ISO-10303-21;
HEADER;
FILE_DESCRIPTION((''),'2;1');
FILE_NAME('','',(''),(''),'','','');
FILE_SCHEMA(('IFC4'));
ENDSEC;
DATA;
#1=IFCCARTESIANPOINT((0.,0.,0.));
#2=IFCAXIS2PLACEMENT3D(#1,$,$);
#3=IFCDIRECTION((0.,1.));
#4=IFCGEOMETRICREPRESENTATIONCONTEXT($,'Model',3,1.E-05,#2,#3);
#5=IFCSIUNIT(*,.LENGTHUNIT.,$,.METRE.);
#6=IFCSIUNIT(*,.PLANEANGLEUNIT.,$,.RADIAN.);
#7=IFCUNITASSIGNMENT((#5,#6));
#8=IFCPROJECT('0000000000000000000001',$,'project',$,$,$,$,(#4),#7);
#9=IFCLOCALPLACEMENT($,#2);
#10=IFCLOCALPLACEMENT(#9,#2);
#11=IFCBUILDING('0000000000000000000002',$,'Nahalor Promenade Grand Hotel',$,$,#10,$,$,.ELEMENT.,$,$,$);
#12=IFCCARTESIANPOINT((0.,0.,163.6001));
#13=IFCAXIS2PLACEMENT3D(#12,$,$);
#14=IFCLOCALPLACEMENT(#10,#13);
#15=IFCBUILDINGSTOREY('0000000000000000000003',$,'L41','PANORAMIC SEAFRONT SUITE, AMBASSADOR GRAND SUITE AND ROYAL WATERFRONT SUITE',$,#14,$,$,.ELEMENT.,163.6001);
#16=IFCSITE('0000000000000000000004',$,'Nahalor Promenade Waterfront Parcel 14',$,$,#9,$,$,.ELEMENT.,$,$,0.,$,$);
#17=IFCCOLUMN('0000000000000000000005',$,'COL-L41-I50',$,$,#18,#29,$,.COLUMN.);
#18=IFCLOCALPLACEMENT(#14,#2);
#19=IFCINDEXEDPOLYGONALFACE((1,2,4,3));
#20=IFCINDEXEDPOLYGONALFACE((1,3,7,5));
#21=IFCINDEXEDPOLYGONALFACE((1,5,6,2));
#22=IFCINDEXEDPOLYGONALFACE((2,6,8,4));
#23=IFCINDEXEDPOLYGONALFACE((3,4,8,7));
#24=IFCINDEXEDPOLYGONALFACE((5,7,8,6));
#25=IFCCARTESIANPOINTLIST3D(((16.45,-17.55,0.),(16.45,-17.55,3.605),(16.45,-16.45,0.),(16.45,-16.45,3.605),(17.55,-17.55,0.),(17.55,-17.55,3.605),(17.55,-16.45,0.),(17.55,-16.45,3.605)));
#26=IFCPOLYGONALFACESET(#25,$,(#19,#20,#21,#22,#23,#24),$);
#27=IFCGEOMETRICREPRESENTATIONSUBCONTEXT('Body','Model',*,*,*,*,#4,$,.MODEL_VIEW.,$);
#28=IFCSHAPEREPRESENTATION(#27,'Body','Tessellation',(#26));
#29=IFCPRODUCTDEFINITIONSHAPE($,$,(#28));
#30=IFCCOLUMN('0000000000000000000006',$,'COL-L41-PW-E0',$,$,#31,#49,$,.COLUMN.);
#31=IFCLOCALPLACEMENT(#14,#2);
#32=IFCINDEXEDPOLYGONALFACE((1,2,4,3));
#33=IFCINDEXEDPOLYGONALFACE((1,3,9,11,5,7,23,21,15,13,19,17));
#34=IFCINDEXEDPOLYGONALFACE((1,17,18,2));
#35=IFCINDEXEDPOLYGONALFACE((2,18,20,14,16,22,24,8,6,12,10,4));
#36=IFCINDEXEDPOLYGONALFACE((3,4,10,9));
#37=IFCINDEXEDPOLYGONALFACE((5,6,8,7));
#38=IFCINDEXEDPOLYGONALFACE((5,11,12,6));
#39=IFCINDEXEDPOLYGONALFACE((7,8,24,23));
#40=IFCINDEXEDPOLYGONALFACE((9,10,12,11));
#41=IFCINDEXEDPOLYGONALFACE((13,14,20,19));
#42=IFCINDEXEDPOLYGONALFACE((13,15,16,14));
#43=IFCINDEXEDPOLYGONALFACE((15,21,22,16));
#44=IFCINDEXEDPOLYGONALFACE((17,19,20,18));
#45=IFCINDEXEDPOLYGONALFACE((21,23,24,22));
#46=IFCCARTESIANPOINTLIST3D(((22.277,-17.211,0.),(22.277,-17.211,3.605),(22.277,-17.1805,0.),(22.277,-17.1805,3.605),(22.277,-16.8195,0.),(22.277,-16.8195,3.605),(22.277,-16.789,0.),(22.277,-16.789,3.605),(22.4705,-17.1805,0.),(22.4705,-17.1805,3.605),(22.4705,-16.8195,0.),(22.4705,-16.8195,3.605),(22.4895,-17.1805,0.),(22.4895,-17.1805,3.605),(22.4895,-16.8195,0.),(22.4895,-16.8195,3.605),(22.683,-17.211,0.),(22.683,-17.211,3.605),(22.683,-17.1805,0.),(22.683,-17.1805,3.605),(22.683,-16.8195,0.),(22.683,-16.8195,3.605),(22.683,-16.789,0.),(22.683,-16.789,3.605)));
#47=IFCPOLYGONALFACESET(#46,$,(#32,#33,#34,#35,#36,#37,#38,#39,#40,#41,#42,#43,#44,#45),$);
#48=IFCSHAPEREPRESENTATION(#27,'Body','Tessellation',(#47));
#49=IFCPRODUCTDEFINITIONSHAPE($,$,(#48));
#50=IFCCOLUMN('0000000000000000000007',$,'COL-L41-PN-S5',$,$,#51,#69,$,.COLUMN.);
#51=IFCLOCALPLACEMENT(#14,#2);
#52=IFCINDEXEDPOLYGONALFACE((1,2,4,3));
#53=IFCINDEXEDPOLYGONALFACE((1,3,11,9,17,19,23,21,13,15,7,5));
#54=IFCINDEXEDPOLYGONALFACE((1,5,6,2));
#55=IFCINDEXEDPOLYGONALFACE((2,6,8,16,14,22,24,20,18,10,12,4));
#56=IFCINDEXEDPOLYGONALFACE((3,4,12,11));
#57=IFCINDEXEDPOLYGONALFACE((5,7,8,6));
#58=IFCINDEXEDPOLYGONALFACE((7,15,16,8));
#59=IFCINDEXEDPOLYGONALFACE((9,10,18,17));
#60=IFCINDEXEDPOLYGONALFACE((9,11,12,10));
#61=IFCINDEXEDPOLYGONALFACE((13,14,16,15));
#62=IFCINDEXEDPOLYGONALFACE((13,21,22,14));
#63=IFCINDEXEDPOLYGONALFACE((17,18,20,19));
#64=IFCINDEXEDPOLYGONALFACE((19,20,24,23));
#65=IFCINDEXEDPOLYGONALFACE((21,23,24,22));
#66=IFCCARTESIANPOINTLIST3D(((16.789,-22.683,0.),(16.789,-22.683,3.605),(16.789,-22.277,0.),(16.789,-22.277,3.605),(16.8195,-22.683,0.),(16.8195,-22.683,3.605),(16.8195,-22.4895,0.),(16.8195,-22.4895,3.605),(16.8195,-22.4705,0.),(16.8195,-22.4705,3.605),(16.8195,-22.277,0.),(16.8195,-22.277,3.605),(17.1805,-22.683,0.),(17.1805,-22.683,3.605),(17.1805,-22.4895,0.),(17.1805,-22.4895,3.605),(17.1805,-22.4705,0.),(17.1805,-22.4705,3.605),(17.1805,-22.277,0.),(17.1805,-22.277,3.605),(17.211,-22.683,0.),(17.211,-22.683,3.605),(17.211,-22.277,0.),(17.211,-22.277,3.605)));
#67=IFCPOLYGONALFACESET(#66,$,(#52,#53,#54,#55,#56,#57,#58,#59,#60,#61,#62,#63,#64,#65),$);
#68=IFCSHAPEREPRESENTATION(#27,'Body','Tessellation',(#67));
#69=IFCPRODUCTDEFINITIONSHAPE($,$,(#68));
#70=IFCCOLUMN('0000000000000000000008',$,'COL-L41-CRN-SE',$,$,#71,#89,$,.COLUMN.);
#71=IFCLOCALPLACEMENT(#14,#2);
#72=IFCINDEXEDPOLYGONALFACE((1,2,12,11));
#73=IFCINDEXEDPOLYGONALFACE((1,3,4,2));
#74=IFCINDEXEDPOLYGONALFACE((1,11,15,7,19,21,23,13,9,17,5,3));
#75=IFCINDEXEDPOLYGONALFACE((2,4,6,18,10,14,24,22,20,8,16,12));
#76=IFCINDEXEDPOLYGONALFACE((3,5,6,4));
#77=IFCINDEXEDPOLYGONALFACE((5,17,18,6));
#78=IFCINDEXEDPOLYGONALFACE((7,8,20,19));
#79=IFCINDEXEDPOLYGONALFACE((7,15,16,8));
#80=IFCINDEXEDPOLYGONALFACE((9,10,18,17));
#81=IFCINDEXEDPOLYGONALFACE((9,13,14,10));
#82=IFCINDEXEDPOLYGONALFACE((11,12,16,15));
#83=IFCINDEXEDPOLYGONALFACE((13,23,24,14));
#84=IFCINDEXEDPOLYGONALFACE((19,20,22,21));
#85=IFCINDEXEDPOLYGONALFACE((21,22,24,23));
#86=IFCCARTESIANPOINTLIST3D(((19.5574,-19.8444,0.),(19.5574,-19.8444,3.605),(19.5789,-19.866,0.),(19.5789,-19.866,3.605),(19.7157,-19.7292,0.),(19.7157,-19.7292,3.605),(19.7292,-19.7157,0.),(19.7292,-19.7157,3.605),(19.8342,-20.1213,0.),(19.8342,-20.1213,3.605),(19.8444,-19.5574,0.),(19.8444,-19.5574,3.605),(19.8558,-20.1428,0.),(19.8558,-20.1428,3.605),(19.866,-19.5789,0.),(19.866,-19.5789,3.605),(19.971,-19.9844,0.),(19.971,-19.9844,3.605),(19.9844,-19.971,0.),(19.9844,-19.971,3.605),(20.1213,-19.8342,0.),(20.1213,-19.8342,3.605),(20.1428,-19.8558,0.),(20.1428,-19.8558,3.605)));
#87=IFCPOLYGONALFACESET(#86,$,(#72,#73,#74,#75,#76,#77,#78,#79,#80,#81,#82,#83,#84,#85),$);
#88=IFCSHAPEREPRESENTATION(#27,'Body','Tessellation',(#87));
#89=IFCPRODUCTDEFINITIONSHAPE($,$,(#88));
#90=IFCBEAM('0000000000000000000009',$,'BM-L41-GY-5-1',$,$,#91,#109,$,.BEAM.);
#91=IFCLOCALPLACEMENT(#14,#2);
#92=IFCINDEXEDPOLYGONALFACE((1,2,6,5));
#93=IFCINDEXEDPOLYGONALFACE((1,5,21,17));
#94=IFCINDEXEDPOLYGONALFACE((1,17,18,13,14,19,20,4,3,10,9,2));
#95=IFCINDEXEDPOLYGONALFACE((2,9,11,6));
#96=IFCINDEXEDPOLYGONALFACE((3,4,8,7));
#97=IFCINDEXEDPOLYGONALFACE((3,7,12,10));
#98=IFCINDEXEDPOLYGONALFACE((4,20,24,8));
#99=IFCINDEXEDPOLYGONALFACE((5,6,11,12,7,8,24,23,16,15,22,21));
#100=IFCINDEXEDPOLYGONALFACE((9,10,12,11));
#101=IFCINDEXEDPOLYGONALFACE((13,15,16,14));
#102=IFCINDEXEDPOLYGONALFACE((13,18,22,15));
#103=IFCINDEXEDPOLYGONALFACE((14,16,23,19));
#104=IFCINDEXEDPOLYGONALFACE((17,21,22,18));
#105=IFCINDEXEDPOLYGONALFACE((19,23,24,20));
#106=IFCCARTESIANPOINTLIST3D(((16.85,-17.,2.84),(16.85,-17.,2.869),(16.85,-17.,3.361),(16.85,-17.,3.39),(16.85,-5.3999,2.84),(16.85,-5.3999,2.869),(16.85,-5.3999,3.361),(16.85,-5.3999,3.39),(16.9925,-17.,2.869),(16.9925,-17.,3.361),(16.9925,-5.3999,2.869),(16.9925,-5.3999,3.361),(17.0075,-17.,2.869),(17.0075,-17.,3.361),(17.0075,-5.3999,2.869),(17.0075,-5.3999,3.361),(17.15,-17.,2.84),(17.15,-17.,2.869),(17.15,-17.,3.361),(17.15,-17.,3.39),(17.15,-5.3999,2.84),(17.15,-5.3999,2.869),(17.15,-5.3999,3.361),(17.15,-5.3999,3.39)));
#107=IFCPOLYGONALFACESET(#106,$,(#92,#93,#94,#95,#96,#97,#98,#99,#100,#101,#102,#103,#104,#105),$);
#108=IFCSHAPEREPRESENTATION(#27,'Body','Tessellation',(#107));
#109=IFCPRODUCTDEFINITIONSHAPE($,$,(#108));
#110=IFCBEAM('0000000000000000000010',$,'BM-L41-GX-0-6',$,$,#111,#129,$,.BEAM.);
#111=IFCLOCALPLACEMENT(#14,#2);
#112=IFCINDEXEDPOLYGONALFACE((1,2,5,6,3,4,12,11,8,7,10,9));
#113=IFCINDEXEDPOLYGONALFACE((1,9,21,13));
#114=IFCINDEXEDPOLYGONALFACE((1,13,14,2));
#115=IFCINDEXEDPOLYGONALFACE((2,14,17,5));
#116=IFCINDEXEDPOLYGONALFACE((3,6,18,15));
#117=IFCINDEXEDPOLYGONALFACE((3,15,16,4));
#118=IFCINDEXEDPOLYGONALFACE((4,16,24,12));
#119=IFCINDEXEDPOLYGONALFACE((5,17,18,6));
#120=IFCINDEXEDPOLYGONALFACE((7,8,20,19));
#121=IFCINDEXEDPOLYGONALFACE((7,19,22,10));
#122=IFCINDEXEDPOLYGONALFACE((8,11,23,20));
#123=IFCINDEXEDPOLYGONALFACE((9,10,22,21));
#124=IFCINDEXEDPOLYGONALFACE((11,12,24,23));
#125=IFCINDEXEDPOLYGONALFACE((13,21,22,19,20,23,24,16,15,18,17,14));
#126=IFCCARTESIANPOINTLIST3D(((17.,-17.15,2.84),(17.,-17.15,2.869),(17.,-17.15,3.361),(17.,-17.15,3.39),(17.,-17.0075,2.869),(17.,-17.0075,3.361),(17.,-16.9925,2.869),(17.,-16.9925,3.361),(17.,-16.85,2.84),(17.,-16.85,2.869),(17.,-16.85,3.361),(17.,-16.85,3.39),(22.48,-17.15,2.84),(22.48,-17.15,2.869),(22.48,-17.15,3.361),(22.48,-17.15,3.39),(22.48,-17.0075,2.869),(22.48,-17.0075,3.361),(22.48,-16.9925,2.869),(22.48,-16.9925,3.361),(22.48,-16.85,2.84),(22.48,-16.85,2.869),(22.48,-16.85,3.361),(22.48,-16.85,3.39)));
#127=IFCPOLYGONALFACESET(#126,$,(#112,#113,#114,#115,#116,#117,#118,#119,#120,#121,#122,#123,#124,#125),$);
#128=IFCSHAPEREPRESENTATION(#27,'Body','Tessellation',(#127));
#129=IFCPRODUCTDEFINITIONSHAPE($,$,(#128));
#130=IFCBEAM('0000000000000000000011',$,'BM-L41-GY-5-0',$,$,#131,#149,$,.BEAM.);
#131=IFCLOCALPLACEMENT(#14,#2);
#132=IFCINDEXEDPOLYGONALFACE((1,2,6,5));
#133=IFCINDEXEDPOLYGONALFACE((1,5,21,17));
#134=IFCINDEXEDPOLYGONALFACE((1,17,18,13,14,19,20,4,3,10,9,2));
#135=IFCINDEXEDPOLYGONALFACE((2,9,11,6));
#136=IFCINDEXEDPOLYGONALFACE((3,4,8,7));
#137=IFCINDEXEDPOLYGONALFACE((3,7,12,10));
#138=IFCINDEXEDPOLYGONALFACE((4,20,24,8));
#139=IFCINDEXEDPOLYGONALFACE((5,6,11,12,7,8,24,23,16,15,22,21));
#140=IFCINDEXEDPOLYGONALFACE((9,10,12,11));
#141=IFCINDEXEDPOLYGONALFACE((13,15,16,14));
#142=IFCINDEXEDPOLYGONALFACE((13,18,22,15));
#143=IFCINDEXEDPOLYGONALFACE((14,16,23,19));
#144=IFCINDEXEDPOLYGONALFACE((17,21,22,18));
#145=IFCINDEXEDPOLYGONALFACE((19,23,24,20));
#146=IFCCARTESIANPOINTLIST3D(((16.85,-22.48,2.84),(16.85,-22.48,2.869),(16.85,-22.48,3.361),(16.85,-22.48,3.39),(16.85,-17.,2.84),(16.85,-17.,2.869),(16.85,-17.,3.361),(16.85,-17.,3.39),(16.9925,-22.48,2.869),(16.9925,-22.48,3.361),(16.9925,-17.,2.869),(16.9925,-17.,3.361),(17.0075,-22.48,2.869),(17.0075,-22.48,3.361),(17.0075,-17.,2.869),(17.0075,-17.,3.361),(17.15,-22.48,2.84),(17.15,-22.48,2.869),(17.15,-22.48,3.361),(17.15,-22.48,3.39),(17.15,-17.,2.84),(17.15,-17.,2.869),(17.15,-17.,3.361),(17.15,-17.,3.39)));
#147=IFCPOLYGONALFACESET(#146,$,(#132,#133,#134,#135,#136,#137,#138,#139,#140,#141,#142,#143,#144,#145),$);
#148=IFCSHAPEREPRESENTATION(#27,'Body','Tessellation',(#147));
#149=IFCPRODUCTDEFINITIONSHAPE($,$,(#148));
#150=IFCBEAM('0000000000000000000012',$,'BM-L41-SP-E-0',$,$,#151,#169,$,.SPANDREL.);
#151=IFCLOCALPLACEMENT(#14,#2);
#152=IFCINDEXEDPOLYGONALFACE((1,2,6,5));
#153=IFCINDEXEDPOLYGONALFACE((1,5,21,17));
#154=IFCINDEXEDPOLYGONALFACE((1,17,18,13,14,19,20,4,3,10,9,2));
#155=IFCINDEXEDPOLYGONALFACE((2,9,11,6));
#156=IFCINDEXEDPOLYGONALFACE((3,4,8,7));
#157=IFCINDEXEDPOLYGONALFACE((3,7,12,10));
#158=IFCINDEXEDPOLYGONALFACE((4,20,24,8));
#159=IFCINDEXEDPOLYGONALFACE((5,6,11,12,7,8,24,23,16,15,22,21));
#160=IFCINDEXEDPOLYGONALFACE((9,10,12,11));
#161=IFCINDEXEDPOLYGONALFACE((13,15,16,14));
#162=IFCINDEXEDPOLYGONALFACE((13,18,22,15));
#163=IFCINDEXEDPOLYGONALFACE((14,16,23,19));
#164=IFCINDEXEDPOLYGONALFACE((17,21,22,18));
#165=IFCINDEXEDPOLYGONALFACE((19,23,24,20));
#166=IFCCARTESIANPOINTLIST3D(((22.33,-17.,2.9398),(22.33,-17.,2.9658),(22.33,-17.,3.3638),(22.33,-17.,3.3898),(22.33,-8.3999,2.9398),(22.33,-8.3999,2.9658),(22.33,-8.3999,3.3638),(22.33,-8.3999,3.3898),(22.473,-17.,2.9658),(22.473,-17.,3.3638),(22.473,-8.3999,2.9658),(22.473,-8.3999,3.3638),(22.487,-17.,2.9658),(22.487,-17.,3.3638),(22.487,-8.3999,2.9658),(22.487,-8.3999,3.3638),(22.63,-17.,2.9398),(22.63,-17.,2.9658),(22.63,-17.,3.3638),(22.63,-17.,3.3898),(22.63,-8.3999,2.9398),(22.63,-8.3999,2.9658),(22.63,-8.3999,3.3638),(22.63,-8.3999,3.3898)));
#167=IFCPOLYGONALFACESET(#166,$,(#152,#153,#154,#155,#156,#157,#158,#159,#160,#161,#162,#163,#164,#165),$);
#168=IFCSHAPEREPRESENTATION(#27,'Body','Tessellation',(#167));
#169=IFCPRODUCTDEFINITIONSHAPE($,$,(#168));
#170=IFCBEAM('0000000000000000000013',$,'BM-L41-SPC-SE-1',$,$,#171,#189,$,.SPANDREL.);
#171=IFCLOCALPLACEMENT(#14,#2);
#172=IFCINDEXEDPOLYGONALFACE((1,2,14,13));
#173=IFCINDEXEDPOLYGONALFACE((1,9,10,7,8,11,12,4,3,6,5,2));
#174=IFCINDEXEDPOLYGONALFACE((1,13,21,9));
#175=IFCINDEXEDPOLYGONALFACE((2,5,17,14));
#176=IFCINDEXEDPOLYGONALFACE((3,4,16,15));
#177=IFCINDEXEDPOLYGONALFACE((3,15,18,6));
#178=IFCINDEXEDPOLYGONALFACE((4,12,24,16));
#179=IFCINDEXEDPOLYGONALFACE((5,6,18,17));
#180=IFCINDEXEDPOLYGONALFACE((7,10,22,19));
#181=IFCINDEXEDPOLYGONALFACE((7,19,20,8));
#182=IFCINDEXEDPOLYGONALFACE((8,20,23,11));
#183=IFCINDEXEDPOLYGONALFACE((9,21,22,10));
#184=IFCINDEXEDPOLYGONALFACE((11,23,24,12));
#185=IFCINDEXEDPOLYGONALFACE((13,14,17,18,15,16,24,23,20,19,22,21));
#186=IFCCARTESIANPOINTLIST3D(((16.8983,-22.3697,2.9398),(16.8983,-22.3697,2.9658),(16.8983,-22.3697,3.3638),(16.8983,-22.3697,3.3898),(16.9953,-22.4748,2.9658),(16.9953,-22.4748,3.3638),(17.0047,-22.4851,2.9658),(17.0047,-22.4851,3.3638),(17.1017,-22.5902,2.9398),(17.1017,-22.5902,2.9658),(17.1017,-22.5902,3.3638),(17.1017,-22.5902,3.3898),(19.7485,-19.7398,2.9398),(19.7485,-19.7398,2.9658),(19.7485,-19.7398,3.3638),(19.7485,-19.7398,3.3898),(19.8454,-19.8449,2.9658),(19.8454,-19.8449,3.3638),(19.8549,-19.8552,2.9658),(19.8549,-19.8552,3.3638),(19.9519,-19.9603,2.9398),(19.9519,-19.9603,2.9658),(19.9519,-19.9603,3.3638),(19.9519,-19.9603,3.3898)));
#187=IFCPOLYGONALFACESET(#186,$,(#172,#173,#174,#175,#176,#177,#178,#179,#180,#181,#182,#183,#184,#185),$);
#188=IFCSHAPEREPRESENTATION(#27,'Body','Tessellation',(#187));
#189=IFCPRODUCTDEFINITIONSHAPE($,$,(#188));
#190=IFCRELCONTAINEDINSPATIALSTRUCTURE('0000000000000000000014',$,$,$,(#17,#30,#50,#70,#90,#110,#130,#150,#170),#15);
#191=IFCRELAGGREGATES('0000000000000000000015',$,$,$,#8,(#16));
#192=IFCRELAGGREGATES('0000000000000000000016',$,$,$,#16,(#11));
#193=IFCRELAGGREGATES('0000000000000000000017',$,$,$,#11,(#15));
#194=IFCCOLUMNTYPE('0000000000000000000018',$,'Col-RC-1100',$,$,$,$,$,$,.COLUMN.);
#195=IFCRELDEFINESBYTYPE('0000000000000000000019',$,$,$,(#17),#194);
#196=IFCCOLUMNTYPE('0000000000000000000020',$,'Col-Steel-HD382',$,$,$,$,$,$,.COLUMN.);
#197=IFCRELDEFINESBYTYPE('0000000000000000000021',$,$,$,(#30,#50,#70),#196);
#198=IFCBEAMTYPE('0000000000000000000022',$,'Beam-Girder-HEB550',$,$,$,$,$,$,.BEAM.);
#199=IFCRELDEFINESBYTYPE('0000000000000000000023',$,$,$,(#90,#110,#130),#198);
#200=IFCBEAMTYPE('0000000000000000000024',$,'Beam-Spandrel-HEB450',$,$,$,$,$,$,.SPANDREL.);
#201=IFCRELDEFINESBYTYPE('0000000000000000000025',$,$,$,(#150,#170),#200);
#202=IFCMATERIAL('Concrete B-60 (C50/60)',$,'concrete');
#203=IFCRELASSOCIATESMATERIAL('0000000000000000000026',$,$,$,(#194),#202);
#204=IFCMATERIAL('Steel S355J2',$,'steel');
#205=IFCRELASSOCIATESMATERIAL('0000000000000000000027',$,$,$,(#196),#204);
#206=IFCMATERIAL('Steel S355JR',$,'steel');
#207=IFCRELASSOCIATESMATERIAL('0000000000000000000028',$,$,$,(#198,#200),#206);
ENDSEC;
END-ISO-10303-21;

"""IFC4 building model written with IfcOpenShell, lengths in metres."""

from ifc_helpers import new_model, si_unit, direction, frame, origin, origin_2d, place, context, subcontext, project, spatial, rectangle, i_section, extrude, source, transform, mapped, material, material_profile, profile_set, type_object, element, save


model = new_model("IFC4")

# Units and contexts
model_context = context("Model", 3, precision=1e-05, world=origin(), true_north=direction((0.0, 1.0)))
body_context = subcontext(model_context, "Body", "Model", "MODEL_VIEW")
ifc_project = project(units=[si_unit("LENGTHUNIT", "METRE"), si_unit("PLANEANGLEUNIT", "RADIAN")], contexts=[model_context])

# Site, building, storey
site_placement = place(None, origin())
site = spatial("IfcSite", under=ifc_project, at=site_placement, Name="Nahalor Promenade Waterfront Parcel 14", CompositionType="ELEMENT", RefElevation=0.0)
building_placement = place(site_placement, origin())
building = spatial("IfcBuilding", under=site, at=building_placement, Name="Nahalor Promenade Grand Hotel", CompositionType="ELEMENT")
storey_placement = place(building_placement, frame((0.0, 0.0, 163.6001)))
storey = spatial("IfcBuildingStorey", under=building, at=storey_placement, Name="L41", Description="PANORAMIC SEAFRONT SUITE, AMBASSADOR GRAND SUITE AND ROYAL WATERFRONT SUITE", CompositionType="ELEMENT", Elevation=163.6001)

# Columns
ifc_material_1 = material(Name="Concrete B-60 (C50/60)", Category="concrete")
ifc_material_profile_1 = material_profile(ifc_material_1, rectangle(XDim=1.1, YDim=1.1, at=origin_2d()), Name="RC 1100x1100")
ifc_profile_set_1 = profile_set([ifc_material_profile_1], Name="Concrete B-60 (C50/60)")
column_type_1 = type_object("IfcColumnType", Name="Col-RC-1100", PredefinedType="COLUMN", material=ifc_profile_set_1)
shared_shape_1 = source(origin(), body_context, "Body", "SweptSolid", [
    extrude(rectangle(XDim=1.1, YDim=1.1, at=origin_2d()), origin(), (0.0, 0.0, 1.0), 3.605),
])
column_placement = place(storey_placement, frame((17.0, -17.0, 0.0), z_axis=(0.0, 0.0, 1.0), x_axis=(1.0, 0.0, 0.0)))
element("IfcColumn", 1, at=column_placement, inside=storey, type_object=column_type_1, Name="COL-L41-I50", PredefinedType="COLUMN", context=body_context, shape_type="MappedRepresentation", body=[
    mapped(shared_shape_1, transform((0.0, 0.0, 0.0), scale=1.0)),
])
ifc_material_2 = material(Name="Steel S355J2", Category="steel")
ifc_material_profile_2 = material_profile(ifc_material_2, i_section(OverallWidth=0.406, OverallDepth=0.422, WebThickness=0.019, FlangeThickness=0.0305, at=origin_2d()), Name="HD 400x382")
ifc_profile_set_2 = profile_set([ifc_material_profile_2], Name="Steel S355J2")
column_type_2 = type_object("IfcColumnType", Name="Col-Steel-HD382", PredefinedType="COLUMN", material=ifc_profile_set_2)
shared_shape_2 = source(origin(), body_context, "Body", "SweptSolid", [
    extrude(i_section(OverallWidth=0.406, OverallDepth=0.422, WebThickness=0.019, FlangeThickness=0.0305, at=origin_2d()), origin(), (0.0, 0.0, 1.0), 3.605),
])
for number, where, z_axis, x_axis, name in (
    (2, (22.48, -17.0, 0.0), (0.0, 0.0, 1.0), (1.0, 0.0, 0.0), "COL-L41-PW-E0"),
    (3, (17.0, -22.48, 0.0), (0.0, 0.0, 1.0), (0.0, 1.0, 0.0), "COL-L41-PN-S5"),
    (4, (19.8501, -19.8501, 0.0), (0.0, 0.0, 1.0), (0.707107, 0.707107, 0.0), "COL-L41-CRN-SE"),
):
    element("IfcColumn", number, at=place(storey_placement, frame(where, z_axis=z_axis, x_axis=x_axis)), inside=storey, type_object=column_type_2, Name=name, PredefinedType="COLUMN", context=body_context, shape_type="MappedRepresentation", body=[
        mapped(shared_shape_2, transform((0.0, 0.0, 0.0), scale=1.0)),
    ])

# Beams
ifc_material_3 = material(Name="Steel S355JR", Category="steel")
ifc_material_profile_3 = material_profile(ifc_material_3, i_section(OverallWidth=0.3, OverallDepth=0.55, WebThickness=0.015, FlangeThickness=0.029, at=origin_2d()), Name="HEB 550")
ifc_profile_set_3 = profile_set([ifc_material_profile_3], Name="Steel S355JR")
beam_type_1 = type_object("IfcBeamType", Name="Beam-Girder-HEB550", PredefinedType="BEAM", material=ifc_profile_set_3)
shared_shape_3 = source(origin(), body_context, "Body", "SweptSolid", [
    extrude(i_section(OverallWidth=0.3, OverallDepth=0.55, WebThickness=0.015, FlangeThickness=0.029, at=origin_2d()), origin(), (0.0, 0.0, 1.0), 11.6001),
])
beam_1_placement = place(storey_placement, frame((17.0, -17.0, 3.115), z_axis=(0.0, 1.0, 0.0), x_axis=(-1.0, 0.0, 0.0)))
element("IfcBeam", 5, at=beam_1_placement, inside=storey, type_object=beam_type_1, Name="BM-L41-GY-5-1", PredefinedType="BEAM", context=body_context, shape_type="MappedRepresentation", body=[
    mapped(shared_shape_3, transform((0.0, 0.0, 0.0), scale=1.0)),
])
shared_shape_4 = source(origin(), body_context, "Body", "SweptSolid", [
    extrude(i_section(OverallWidth=0.3, OverallDepth=0.55, WebThickness=0.015, FlangeThickness=0.029, at=origin_2d()), origin(), (0.0, 0.0, 1.0), 5.48),
])
for number, where, z_axis, x_axis, name in (
    (6, (17.0, -17.0, 3.115), (1.0, 0.0, 0.0), (0.0, 1.0, 0.0), "BM-L41-GX-0-6"),
    (7, (17.0, -22.48, 3.115), (0.0, 1.0, 0.0), (-1.0, 0.0, 0.0), "BM-L41-GY-5-0"),
):
    element("IfcBeam", number, at=place(storey_placement, frame(where, z_axis=z_axis, x_axis=x_axis)), inside=storey, type_object=beam_type_1, Name=name, PredefinedType="BEAM", context=body_context, shape_type="MappedRepresentation", body=[
        mapped(shared_shape_4, transform((0.0, 0.0, 0.0), scale=1.0)),
    ])
ifc_material_profile_4 = material_profile(ifc_material_3, i_section(OverallWidth=0.3, OverallDepth=0.45, WebThickness=0.014, FlangeThickness=0.026, at=origin_2d()), Name="HEB 450")
ifc_profile_set_4 = profile_set([ifc_material_profile_4], Name="Steel S355JR")
beam_type_2 = type_object("IfcBeamType", Name="Beam-Spandrel-HEB450", PredefinedType="SPANDREL", material=ifc_profile_set_4)
shared_shape_5 = source(origin(), body_context, "Body", "SweptSolid", [
    extrude(i_section(OverallWidth=0.3, OverallDepth=0.45, WebThickness=0.014, FlangeThickness=0.026, at=origin_2d()), origin(), (0.0, 0.0, 1.0), 8.6001),
])
beam_2_placement = place(storey_placement, frame((22.48, -17.0, 3.1648), z_axis=(0.0, 1.0, 0.0), x_axis=(-1.0, 0.0, 0.0)))
element("IfcBeam", 8, at=beam_2_placement, inside=storey, type_object=beam_type_2, Name="BM-L41-SP-E-0", PredefinedType="SPANDREL", context=body_context, shape_type="MappedRepresentation", body=[
    mapped(shared_shape_5, transform((0.0, 0.0, 0.0), scale=1.0)),
])
shared_shape_6 = source(origin(), body_context, "Body", "SweptSolid", [
    extrude(i_section(OverallWidth=0.3, OverallDepth=0.45, WebThickness=0.014, FlangeThickness=0.026, at=origin_2d()), origin(), (0.0, 0.0, 1.0), 3.8782),
])
for number, where, z_axis, x_axis, name in (
    (9, (17.0, -22.48, 3.1648), (0.734929, 0.678144, 0.0), (-0.678144, 0.734929, 0.0), "BM-L41-SPC-SE-1"),
):
    element("IfcBeam", number, at=place(storey_placement, frame(where, z_axis=z_axis, x_axis=x_axis)), inside=storey, type_object=beam_type_2, Name=name, PredefinedType="SPANDREL", context=body_context, shape_type="MappedRepresentation", body=[
        mapped(shared_shape_6, transform((0.0, 0.0, 0.0), scale=1.0)),
    ])

save(model, "model.ifc")
